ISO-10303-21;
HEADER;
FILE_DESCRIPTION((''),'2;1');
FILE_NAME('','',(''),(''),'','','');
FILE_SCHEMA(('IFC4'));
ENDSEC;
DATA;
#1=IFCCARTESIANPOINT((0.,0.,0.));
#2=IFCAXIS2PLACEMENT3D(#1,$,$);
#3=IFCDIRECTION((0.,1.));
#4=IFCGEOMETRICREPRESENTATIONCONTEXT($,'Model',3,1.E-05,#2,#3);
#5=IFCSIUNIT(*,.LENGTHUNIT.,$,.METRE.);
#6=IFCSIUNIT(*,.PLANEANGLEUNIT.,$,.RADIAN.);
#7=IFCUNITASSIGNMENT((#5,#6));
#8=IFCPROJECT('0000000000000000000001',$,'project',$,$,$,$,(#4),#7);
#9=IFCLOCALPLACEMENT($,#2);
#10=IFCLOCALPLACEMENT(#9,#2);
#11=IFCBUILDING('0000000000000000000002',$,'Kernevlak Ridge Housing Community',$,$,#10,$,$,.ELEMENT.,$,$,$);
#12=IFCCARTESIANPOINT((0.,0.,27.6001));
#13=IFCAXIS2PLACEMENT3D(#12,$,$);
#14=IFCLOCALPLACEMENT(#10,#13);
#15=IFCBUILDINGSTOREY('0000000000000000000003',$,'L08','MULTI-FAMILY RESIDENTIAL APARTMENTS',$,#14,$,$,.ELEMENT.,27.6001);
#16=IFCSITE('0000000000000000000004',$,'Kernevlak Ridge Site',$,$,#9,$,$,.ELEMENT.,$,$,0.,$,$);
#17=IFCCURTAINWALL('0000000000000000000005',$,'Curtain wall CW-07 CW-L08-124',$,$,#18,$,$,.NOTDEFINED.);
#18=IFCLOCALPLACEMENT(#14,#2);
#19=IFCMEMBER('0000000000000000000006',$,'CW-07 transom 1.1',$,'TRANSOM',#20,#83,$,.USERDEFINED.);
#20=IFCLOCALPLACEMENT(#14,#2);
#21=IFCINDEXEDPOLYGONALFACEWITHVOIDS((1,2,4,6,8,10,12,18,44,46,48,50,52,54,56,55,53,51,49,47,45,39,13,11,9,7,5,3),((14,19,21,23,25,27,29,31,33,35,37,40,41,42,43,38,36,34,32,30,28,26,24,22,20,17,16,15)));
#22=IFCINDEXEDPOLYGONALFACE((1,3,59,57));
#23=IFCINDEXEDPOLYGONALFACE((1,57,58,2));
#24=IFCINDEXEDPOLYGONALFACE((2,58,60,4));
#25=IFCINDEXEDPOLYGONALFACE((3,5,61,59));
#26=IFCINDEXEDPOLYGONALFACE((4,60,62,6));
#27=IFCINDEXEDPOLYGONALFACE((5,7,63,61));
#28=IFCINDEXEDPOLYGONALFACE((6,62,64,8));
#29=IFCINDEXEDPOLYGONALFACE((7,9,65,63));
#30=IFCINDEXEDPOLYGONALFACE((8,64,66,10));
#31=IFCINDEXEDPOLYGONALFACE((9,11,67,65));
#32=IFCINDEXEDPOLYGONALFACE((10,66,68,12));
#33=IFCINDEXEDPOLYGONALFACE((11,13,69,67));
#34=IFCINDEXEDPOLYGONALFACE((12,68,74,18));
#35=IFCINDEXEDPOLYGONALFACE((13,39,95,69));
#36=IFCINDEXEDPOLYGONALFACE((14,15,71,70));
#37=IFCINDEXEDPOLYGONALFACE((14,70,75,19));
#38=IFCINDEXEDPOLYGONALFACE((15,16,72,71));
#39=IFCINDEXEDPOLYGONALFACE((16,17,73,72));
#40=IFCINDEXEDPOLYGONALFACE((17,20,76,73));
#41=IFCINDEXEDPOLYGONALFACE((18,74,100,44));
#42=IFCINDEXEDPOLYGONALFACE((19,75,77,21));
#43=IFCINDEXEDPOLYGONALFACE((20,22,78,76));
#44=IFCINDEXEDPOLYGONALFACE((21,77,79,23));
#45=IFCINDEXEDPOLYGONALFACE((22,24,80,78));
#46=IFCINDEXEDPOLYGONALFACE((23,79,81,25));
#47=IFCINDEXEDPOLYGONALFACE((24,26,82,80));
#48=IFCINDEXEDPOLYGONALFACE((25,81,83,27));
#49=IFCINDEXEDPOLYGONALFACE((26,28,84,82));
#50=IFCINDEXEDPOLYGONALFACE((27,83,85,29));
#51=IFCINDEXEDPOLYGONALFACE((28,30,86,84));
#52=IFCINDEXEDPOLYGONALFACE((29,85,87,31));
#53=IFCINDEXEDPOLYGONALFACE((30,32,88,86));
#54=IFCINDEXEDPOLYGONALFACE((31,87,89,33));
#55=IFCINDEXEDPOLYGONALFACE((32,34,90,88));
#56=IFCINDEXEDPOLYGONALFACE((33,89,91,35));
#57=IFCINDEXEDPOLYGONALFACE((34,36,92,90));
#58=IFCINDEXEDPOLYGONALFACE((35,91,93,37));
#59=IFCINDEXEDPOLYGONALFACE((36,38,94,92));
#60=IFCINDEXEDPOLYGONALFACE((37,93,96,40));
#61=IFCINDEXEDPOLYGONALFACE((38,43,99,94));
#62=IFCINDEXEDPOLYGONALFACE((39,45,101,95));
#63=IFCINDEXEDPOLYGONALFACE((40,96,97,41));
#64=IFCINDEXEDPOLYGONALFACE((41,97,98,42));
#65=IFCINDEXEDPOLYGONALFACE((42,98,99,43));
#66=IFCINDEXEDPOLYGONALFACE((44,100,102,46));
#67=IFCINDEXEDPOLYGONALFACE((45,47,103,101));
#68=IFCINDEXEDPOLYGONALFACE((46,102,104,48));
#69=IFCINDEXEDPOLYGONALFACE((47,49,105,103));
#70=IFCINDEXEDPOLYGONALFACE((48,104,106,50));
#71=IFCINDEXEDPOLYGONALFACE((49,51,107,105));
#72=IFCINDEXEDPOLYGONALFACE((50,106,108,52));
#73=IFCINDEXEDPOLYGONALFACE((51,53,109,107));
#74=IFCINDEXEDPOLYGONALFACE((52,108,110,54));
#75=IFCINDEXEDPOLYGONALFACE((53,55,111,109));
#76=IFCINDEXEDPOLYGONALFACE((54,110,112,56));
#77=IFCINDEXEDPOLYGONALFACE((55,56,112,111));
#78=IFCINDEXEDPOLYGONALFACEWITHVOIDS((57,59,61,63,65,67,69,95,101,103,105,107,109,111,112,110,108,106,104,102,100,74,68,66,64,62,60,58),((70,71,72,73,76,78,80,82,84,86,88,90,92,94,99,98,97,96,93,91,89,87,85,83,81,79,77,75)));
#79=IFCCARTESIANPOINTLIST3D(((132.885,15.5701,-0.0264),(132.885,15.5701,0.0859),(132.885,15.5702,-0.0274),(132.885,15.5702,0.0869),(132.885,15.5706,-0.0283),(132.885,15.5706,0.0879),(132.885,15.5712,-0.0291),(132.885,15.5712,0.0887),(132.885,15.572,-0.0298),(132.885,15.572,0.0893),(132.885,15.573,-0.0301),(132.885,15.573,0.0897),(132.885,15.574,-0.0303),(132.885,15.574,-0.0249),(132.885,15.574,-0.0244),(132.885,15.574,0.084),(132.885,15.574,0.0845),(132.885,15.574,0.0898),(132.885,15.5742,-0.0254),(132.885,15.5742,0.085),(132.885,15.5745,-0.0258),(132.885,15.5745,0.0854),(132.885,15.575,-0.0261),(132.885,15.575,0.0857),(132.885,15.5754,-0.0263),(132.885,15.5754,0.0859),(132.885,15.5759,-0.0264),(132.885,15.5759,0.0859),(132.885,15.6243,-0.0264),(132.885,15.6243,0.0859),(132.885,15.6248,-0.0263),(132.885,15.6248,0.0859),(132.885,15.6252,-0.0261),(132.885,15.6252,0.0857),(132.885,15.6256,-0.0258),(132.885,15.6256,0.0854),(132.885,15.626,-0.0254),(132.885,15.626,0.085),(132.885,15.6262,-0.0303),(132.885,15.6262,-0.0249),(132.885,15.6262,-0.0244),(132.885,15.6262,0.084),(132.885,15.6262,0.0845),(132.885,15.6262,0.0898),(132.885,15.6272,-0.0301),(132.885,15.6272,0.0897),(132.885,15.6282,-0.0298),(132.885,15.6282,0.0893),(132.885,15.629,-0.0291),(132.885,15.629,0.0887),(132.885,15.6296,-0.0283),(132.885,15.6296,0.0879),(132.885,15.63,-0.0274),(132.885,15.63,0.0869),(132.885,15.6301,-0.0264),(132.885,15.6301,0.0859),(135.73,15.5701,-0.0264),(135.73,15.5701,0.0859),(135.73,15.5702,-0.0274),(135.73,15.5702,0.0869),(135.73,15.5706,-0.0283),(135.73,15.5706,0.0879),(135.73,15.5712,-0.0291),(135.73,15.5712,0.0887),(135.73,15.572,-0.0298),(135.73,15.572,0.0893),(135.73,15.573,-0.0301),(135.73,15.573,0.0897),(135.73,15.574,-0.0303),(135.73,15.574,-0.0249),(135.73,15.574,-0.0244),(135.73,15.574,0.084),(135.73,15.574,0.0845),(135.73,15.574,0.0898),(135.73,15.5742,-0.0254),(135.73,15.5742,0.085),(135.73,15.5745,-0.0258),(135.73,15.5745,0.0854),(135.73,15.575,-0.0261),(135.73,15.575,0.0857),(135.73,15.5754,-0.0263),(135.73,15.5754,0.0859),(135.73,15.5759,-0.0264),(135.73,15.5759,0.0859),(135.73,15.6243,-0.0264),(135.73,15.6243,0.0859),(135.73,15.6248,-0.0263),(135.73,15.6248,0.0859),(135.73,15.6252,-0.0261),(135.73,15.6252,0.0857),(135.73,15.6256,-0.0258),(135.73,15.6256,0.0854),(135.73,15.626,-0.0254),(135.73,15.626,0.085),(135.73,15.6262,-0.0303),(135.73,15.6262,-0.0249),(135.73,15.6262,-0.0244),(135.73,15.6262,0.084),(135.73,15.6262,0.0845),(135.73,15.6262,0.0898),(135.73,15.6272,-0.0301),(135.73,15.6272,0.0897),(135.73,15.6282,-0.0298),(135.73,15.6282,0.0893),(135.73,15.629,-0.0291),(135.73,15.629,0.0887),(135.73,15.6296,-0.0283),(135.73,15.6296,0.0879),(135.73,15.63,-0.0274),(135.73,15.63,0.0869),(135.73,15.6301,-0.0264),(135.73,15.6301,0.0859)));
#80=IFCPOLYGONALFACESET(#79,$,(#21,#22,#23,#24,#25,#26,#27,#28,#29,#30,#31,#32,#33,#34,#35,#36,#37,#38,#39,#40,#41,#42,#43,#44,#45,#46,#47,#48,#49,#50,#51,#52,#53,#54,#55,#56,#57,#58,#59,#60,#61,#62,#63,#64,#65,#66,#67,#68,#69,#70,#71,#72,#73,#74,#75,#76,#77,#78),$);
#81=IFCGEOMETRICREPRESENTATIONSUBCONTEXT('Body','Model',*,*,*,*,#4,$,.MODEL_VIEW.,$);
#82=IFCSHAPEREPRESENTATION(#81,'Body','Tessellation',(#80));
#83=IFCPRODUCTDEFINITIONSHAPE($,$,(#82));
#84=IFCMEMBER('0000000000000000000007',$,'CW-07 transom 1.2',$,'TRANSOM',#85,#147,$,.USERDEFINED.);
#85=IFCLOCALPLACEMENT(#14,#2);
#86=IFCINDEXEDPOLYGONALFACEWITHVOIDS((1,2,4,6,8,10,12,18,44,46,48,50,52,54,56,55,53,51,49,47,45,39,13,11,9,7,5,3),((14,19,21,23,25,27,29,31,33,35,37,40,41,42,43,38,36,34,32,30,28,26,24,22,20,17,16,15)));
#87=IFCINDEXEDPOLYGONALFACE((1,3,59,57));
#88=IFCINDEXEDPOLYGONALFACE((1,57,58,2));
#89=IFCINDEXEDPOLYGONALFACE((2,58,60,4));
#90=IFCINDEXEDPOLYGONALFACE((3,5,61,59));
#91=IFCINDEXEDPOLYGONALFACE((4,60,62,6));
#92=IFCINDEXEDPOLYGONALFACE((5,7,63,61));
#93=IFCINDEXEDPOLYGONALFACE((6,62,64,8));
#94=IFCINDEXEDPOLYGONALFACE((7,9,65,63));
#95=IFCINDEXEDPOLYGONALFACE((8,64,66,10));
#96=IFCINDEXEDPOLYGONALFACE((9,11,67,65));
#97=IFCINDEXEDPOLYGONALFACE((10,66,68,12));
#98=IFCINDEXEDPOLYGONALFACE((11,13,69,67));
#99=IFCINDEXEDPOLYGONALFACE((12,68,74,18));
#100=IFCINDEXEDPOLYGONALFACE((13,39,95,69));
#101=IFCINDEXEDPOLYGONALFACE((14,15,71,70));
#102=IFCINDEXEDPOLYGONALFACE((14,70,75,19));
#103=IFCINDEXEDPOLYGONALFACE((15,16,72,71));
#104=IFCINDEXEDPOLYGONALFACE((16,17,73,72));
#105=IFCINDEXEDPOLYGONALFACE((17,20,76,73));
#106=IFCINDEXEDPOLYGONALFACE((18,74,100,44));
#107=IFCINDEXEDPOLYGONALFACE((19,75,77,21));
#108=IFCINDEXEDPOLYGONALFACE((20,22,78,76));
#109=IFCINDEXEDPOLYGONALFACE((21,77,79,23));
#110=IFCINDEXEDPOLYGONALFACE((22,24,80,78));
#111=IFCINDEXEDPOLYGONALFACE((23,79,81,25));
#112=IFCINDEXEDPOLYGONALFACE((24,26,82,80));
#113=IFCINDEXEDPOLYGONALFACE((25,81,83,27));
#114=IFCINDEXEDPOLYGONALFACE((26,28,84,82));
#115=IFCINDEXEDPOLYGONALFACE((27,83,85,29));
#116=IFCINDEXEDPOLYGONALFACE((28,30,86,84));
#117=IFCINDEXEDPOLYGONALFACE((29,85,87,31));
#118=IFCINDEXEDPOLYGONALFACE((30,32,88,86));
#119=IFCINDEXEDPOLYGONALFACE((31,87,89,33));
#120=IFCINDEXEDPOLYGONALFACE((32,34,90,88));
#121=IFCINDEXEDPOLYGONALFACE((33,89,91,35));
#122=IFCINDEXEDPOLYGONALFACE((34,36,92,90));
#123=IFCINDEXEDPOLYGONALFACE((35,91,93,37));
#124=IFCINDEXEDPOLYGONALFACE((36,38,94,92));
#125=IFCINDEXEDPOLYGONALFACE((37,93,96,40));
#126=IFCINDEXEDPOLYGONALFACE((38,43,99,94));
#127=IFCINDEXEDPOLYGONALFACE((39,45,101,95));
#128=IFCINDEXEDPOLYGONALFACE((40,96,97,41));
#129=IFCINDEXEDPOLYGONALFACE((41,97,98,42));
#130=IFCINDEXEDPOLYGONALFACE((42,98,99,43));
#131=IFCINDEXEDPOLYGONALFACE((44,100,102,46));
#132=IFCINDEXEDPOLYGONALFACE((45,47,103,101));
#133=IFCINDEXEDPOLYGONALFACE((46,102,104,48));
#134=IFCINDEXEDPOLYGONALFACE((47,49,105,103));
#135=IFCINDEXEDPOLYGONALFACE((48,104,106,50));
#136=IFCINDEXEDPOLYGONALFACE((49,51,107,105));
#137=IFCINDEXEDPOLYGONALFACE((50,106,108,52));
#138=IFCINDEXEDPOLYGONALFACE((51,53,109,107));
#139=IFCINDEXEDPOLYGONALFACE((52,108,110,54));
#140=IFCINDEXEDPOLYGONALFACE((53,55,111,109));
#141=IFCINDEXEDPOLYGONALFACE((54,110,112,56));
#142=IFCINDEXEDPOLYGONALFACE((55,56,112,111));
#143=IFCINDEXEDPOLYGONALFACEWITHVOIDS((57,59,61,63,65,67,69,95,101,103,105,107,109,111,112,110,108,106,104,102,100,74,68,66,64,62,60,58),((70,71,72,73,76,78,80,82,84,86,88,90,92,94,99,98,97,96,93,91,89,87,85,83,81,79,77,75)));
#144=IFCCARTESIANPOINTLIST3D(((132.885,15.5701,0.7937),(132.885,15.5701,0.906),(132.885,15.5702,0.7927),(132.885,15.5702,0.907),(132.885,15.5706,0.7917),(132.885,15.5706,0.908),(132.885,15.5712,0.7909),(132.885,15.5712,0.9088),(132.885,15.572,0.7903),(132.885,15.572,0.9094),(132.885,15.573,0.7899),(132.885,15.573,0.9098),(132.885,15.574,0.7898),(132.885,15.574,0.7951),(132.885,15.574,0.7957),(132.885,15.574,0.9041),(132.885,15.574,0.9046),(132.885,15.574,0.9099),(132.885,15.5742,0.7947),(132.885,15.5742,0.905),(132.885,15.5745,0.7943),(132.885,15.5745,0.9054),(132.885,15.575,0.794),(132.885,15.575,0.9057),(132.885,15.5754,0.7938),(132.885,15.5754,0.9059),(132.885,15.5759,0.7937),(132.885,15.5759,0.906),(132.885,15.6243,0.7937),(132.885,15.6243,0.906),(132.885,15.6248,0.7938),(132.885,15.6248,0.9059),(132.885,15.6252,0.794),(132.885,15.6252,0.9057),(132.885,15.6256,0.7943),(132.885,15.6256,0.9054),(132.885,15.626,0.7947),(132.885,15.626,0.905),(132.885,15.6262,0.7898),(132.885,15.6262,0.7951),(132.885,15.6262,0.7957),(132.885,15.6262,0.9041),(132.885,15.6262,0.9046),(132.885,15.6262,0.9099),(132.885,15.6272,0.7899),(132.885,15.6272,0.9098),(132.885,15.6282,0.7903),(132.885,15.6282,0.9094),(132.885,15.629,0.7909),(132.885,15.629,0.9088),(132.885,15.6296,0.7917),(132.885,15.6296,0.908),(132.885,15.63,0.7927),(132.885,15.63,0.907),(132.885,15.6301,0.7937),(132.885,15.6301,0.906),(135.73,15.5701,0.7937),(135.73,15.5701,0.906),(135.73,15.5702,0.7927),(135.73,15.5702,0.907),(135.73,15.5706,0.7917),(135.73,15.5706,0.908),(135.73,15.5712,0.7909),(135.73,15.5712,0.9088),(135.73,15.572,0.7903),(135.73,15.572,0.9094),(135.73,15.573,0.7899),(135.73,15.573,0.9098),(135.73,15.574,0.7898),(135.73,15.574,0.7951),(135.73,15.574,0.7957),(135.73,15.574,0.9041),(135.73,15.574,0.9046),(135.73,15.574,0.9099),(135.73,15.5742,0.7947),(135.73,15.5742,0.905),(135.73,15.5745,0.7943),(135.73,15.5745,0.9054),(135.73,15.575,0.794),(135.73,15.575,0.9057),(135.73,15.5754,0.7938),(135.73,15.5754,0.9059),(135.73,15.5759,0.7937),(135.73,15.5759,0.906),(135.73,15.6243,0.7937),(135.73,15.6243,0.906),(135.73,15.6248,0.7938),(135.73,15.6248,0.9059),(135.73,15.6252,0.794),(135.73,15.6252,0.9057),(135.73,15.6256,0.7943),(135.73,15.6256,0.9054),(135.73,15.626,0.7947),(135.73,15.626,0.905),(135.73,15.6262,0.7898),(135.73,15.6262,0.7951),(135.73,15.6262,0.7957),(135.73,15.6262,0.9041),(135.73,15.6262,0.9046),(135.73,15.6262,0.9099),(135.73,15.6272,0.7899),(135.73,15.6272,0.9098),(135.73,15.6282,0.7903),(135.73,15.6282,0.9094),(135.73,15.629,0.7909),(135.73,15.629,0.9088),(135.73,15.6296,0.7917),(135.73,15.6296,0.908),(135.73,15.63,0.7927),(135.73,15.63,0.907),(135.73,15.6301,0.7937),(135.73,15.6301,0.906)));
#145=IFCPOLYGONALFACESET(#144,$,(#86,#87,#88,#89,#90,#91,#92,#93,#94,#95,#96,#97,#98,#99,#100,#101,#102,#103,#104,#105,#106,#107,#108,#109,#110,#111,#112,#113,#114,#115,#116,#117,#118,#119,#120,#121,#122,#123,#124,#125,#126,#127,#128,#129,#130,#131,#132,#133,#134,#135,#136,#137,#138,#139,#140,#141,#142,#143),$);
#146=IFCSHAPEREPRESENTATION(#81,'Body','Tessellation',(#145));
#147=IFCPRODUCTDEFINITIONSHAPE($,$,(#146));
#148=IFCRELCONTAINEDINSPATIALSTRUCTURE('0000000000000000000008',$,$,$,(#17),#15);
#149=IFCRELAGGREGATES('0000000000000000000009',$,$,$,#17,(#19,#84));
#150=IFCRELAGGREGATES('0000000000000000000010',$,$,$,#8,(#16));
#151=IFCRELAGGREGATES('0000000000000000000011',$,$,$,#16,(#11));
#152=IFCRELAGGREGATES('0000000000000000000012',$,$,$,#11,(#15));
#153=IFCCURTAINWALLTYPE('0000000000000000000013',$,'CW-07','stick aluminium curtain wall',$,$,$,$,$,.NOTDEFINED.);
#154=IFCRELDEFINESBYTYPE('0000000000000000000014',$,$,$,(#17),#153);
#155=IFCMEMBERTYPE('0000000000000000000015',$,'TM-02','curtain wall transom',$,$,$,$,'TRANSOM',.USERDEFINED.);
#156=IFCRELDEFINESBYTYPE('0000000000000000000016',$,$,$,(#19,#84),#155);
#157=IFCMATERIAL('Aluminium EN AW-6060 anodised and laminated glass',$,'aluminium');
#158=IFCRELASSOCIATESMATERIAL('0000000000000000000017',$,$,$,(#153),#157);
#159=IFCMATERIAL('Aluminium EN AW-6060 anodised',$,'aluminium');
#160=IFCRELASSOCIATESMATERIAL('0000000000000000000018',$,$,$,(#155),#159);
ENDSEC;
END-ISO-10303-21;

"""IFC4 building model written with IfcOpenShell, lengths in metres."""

from ifc_helpers import new_model, si_unit, direction, frame, origin, origin_2d, place, context, subcontext, project, spatial, hollow_rectangle, extrude, material, material_profile, profile_set, type_object, element, aggregate, save


model = new_model("IFC4")

# Units and contexts
model_context = context("Model", 3, precision=1e-05, world=origin(), true_north=direction((0.0, 1.0)))
body_context = subcontext(model_context, "Body", "Model", "MODEL_VIEW")
ifc_project = project(units=[si_unit("LENGTHUNIT", "METRE"), si_unit("PLANEANGLEUNIT", "RADIAN")], contexts=[model_context])

# Site, building, storey
site_placement = place(None, origin())
site = spatial("IfcSite", under=ifc_project, at=site_placement, Name="Kernevlak Ridge Site", CompositionType="ELEMENT", RefElevation=0.0)
building_placement = place(site_placement, origin())
building = spatial("IfcBuilding", under=site, at=building_placement, Name="Kernevlak Ridge Housing Community", CompositionType="ELEMENT")
storey_placement = place(building_placement, frame((0.0, 0.0, 27.6001)))
storey = spatial("IfcBuildingStorey", under=building, at=storey_placement, Name="L08", Description="MULTI-FAMILY RESIDENTIAL APARTMENTS", CompositionType="ELEMENT", Elevation=27.6001)

# Curtain wall
ifc_material_1 = material(Name="Aluminium EN AW-6060 anodised and laminated glass", Category="aluminium")
curtain_wall_type = type_object("IfcCurtainWallType", Name="CW-07", Description="stick aluminium curtain wall", PredefinedType="NOTDEFINED", material=ifc_material_1)
curtain_wall_placement = place(storey_placement, origin())
curtain_wall = element("IfcCurtainWall", 1, at=curtain_wall_placement, inside=storey, type_object=curtain_wall_type, Name="Curtain wall CW-07 CW-L08-124", PredefinedType="NOTDEFINED")
ifc_material_2 = material(Name="Aluminium EN AW-6060 anodised", Category="aluminium")

# Members
ifc_material_profile_1 = material_profile(ifc_material_2, hollow_rectangle(XDim=0.0601, YDim=0.1201, WallThickness=0.0039, InnerFilletRadius=0.002, OuterFilletRadius=0.0039, at=origin_2d()), Name="ALU 60x120x4")
ifc_profile_set_1 = profile_set([ifc_material_profile_1], Name="Aluminium EN AW-6060 anodised")
member_type_1 = type_object("IfcMemberType", Name="TM-02", Description="curtain wall transom", ElementType="TRANSOM", PredefinedType="USERDEFINED", material=ifc_profile_set_1)
member_1_placement = place(storey_placement, frame((132.885, 15.6001, 0.0298), z_axis=(1.0, 0.0, 0.0), x_axis=(0.0, 1.0, 0.0)))
member_1 = element("IfcMember", 2, at=member_1_placement, type_object=member_type_1, Name="CW-07 transom 1.1", ObjectType="TRANSOM", PredefinedType="USERDEFINED", context=body_context, shape_type="SweptSolid", body=[
    extrude(hollow_rectangle(XDim=0.0601, YDim=0.1201, WallThickness=0.0039, InnerFilletRadius=0.002, OuterFilletRadius=0.0039, at=origin_2d()), origin(), (0.0, 0.0, 1.0), 2.845),
])
member_2_placement = place(storey_placement, frame((132.885, 15.6001, 0.8499), z_axis=(1.0, 0.0, 0.0), x_axis=(0.0, 1.0, 0.0)))
member_2 = element("IfcMember", 3, at=member_2_placement, type_object=member_type_1, Name="CW-07 transom 1.2", ObjectType="TRANSOM", PredefinedType="USERDEFINED", context=body_context, shape_type="SweptSolid", body=[
    extrude(hollow_rectangle(XDim=0.0601, YDim=0.1201, WallThickness=0.0039, InnerFilletRadius=0.002, OuterFilletRadius=0.0039, at=origin_2d()), origin(), (0.0, 0.0, 1.0), 2.845),
])

aggregate(curtain_wall, [member_1, member_2])

save(model, "model.ifc")
